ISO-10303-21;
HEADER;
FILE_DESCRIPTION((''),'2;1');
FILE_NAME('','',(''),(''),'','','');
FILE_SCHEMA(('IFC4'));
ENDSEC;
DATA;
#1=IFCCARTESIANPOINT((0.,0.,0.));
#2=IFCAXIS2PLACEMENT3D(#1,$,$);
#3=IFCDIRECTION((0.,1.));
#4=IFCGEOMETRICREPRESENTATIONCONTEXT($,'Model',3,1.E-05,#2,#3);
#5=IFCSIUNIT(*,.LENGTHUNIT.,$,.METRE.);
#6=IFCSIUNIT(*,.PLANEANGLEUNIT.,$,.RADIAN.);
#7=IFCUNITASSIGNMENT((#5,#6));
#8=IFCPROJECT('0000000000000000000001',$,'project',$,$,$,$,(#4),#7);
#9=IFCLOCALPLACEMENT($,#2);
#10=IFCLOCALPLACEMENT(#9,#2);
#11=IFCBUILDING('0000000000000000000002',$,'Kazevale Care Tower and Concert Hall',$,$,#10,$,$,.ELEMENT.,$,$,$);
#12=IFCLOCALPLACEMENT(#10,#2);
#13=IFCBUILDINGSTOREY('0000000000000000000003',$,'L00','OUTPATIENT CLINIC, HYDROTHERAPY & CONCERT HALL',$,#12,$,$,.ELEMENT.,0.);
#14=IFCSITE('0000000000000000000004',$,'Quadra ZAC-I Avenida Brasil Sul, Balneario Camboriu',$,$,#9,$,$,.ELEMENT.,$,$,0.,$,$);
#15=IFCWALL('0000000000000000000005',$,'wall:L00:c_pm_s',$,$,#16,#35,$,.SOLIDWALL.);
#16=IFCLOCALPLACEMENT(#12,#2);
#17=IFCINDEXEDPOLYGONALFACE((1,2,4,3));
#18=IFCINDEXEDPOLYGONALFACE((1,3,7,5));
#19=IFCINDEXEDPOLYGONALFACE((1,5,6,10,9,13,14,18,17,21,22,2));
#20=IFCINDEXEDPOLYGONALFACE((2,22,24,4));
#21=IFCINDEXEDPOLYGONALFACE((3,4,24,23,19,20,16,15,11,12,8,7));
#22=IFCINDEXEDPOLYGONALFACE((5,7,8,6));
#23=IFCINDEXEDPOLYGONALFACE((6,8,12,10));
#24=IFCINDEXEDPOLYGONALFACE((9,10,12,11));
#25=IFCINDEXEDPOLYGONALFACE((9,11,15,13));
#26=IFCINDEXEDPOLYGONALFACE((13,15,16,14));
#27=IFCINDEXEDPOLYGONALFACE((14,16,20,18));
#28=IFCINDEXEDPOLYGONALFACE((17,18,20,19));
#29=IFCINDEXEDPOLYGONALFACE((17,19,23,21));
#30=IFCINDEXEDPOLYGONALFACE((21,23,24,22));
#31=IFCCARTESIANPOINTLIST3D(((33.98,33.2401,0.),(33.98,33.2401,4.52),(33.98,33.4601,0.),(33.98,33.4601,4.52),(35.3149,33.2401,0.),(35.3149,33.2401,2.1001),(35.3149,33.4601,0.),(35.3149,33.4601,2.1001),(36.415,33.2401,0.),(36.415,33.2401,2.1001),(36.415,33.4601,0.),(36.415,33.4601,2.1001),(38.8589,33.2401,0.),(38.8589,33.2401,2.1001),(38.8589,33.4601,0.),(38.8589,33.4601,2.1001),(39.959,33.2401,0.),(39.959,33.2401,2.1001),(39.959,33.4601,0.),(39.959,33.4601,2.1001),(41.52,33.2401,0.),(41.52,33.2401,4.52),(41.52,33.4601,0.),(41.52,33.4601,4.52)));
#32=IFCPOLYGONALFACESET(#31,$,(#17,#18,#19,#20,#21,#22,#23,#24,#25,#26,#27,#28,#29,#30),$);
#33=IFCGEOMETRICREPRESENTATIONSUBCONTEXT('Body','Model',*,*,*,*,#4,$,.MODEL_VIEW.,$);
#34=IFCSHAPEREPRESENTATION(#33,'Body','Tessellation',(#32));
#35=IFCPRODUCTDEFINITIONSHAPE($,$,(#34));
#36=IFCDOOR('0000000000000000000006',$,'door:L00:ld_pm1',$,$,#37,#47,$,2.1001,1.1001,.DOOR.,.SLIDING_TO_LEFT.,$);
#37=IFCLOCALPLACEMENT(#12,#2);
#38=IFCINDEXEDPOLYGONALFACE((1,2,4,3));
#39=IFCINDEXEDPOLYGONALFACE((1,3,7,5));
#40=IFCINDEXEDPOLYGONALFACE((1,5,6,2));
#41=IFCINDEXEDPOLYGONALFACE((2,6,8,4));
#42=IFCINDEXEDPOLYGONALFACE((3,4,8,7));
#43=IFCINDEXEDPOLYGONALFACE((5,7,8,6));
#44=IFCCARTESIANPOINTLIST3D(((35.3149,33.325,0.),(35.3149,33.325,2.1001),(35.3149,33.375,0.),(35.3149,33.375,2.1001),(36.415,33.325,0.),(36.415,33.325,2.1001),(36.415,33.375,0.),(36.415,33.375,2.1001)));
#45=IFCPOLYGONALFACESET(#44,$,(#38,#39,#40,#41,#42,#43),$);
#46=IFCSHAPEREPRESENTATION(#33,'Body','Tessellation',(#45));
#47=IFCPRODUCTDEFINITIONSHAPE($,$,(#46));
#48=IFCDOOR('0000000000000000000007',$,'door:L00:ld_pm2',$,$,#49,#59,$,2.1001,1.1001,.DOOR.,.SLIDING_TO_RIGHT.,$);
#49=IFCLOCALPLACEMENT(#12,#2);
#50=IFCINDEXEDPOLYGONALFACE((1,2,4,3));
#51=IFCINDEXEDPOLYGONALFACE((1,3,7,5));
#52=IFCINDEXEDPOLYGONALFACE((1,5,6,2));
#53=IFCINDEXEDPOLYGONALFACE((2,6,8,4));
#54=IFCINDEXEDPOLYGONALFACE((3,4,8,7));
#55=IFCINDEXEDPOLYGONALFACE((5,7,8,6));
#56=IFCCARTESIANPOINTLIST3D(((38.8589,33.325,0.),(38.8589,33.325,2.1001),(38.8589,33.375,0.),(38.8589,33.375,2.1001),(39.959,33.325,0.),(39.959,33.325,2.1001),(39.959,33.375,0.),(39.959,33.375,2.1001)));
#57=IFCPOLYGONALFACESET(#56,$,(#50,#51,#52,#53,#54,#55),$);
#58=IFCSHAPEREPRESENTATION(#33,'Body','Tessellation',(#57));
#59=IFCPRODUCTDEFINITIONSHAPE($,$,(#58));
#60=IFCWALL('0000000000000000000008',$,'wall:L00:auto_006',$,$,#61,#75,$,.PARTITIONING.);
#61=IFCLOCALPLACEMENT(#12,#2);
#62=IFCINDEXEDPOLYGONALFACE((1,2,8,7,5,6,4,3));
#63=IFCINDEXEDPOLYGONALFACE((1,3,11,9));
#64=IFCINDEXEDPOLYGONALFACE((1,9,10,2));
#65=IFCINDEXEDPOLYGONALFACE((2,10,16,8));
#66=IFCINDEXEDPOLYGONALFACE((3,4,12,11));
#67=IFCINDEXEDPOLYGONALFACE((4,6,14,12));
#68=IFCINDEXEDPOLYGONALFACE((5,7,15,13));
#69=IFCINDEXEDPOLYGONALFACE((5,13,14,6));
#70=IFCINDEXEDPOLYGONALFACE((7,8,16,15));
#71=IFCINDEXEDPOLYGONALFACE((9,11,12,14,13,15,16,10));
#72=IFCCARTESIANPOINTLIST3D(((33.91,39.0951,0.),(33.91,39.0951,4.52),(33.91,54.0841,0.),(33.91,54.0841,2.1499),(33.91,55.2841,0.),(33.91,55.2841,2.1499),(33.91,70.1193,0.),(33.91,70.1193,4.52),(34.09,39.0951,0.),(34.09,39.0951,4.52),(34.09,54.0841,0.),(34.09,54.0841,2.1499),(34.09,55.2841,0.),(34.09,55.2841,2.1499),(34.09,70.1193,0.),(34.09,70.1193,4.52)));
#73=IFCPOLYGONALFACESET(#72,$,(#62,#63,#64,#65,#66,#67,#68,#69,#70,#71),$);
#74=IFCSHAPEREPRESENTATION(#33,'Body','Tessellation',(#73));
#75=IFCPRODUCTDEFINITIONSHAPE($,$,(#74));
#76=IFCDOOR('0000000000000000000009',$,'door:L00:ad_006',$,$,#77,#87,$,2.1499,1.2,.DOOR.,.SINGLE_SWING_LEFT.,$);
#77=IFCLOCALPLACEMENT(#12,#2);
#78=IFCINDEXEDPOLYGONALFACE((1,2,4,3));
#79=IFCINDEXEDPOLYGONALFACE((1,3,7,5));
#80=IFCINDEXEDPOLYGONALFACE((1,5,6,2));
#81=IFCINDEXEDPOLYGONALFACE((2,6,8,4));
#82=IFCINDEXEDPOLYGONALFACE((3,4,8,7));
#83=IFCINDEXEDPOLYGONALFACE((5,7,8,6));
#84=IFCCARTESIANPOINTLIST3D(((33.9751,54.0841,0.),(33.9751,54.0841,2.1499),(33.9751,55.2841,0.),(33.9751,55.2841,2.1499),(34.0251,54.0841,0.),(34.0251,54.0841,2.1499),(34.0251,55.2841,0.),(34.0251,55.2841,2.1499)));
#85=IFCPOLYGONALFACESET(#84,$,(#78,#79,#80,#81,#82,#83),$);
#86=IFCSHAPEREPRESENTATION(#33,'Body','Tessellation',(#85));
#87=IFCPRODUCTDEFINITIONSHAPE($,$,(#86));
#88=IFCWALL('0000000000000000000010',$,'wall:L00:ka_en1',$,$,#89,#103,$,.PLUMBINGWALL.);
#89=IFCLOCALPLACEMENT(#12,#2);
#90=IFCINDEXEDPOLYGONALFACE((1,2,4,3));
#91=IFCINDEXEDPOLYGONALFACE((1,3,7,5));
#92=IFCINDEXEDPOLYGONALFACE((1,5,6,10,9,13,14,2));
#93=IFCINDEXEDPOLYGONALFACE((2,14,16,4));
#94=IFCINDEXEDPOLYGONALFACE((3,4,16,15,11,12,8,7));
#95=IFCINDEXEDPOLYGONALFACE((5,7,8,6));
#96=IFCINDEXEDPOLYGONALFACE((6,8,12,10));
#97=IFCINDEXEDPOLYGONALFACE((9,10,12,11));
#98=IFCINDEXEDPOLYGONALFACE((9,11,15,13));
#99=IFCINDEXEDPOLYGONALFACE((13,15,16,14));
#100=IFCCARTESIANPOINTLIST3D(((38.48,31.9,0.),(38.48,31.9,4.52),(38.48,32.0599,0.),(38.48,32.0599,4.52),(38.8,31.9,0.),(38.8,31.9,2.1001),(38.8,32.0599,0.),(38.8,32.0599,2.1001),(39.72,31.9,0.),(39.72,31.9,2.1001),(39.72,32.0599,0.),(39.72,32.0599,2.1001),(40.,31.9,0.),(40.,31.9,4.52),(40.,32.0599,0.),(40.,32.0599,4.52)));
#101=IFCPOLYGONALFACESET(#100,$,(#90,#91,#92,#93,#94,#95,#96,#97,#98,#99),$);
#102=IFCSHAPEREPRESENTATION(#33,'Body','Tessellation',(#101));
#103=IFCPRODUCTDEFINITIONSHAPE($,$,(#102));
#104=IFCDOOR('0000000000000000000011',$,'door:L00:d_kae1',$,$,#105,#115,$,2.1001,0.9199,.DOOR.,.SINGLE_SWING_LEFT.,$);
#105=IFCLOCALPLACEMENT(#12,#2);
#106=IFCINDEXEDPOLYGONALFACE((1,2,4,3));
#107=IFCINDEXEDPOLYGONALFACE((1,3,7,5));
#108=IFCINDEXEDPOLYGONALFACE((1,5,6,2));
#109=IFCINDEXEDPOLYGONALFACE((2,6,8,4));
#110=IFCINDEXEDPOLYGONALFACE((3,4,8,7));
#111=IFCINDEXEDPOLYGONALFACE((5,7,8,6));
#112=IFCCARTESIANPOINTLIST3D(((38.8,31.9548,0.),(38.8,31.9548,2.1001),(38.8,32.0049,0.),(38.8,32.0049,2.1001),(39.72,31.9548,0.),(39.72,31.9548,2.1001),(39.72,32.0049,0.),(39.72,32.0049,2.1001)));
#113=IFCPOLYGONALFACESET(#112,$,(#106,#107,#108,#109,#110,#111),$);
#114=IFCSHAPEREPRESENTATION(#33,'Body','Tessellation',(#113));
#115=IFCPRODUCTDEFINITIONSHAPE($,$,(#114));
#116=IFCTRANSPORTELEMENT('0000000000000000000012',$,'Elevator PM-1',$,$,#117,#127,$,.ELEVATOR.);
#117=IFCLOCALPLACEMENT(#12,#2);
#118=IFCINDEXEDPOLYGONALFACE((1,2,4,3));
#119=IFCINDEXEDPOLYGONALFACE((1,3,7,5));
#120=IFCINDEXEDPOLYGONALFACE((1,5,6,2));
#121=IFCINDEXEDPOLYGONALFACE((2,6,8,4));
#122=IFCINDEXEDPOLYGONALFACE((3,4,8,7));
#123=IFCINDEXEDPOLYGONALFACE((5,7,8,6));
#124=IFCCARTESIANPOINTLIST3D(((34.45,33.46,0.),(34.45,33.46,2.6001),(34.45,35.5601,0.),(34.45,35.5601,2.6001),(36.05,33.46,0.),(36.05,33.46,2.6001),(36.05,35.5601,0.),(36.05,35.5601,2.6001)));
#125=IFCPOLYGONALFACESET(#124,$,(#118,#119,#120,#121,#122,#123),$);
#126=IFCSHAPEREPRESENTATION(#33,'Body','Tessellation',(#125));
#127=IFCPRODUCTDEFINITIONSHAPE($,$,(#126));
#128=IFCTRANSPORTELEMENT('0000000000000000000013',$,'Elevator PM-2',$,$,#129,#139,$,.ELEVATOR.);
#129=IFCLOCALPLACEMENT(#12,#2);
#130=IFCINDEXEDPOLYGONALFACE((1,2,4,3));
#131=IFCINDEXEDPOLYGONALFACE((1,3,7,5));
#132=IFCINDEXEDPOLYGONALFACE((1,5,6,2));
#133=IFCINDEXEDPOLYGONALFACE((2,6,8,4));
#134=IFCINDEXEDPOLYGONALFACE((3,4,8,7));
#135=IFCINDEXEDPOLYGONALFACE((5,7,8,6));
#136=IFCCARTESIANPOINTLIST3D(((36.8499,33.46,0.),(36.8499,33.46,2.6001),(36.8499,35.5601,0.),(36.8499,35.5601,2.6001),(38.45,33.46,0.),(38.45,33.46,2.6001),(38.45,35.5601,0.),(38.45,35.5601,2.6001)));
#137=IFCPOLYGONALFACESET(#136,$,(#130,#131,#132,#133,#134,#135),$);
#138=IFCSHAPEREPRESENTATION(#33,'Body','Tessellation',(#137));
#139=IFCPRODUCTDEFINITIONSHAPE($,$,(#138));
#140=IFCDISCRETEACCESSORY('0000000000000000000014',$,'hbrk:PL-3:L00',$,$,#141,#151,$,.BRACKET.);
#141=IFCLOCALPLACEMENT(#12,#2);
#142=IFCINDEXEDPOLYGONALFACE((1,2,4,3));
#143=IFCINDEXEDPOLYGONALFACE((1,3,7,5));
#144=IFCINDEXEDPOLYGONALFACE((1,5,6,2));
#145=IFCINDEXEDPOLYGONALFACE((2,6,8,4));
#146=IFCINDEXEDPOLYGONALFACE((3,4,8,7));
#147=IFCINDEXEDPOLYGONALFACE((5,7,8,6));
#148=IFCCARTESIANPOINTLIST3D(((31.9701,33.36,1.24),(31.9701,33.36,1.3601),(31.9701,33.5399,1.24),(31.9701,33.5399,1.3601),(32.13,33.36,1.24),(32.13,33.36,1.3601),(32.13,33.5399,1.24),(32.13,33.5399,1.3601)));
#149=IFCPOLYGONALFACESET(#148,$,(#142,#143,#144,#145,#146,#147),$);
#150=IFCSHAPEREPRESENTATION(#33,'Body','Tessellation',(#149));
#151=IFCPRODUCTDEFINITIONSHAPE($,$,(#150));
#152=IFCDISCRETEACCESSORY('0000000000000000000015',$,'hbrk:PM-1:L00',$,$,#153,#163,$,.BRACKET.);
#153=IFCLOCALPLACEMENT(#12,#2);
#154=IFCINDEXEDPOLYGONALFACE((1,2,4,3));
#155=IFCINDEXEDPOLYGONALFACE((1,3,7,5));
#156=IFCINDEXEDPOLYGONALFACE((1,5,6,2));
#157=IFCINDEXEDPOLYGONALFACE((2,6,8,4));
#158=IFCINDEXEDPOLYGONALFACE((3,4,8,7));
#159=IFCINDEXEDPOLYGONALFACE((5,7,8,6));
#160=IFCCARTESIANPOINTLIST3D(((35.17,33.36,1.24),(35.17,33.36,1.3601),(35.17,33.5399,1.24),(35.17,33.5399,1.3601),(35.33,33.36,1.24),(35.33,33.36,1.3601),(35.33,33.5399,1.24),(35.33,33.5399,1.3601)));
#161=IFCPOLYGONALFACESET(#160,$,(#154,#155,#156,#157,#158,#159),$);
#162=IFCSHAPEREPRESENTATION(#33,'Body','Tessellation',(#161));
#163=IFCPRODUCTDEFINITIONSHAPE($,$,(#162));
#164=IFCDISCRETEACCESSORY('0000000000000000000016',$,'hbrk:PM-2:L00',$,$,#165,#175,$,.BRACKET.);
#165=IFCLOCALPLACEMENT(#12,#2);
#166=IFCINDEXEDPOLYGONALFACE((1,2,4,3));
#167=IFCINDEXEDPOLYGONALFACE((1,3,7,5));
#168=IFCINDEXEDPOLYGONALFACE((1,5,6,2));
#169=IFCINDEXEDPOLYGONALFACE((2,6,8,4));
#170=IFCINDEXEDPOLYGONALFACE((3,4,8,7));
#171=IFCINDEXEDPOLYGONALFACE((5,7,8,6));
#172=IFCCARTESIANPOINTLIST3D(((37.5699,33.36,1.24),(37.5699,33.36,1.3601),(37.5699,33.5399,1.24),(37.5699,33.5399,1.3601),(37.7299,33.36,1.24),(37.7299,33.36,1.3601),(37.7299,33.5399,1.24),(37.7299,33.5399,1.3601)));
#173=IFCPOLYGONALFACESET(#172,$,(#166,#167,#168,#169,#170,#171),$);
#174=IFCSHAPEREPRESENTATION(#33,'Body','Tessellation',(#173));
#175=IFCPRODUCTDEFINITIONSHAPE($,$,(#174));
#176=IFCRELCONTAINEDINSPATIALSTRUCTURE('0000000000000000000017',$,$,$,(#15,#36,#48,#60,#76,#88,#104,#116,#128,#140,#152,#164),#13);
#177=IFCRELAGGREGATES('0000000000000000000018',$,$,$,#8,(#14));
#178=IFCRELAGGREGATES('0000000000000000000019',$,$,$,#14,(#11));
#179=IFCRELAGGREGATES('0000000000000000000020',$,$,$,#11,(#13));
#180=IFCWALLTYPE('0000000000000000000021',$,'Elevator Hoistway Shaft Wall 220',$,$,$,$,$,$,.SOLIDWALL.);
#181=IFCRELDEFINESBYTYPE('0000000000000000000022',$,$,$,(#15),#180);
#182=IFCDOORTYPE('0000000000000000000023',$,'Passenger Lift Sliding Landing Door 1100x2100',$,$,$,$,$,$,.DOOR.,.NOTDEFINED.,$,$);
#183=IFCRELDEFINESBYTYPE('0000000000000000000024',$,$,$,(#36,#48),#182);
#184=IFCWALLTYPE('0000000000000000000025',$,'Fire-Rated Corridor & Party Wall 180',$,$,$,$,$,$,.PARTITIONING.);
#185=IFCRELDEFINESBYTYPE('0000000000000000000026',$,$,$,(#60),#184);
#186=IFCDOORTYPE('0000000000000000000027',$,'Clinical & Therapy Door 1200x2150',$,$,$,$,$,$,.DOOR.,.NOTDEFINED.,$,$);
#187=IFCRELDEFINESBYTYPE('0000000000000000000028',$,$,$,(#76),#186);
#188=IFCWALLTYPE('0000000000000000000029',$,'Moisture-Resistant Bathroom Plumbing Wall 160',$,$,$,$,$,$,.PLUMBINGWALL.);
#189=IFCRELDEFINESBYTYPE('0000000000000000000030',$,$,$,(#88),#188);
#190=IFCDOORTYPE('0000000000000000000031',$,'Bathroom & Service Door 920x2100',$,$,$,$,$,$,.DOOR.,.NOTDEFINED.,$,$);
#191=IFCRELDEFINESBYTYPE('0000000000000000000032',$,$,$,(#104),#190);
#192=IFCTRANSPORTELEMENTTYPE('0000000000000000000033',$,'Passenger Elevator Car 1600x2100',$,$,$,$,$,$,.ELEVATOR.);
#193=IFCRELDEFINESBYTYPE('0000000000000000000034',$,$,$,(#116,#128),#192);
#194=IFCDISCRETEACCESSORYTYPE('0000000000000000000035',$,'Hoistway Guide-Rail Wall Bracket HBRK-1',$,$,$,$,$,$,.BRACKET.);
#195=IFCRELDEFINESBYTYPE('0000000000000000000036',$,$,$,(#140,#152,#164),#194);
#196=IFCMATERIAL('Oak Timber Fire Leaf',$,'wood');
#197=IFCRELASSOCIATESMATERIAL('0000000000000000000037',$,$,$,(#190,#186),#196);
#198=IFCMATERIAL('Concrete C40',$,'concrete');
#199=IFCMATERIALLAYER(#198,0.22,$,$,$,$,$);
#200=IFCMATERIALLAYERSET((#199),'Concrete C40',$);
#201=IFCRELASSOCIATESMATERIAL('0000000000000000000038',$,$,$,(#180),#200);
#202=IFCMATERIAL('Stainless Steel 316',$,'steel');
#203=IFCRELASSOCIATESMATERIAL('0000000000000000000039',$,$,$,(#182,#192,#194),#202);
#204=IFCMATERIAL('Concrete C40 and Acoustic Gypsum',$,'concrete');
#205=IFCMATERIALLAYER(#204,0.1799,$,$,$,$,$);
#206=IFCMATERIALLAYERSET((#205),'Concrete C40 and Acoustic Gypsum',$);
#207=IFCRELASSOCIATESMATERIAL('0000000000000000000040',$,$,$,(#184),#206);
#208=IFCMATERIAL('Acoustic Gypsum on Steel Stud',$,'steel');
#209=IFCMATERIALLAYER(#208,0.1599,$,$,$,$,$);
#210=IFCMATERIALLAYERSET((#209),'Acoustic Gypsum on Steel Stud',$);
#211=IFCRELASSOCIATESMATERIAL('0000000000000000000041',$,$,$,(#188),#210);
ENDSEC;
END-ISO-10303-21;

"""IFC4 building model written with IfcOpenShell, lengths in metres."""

from ifc_helpers import new_model, si_unit, direction, frame, frame_2d, origin, origin_2d, place, context, subcontext, project, spatial, rectangle, extrude, material, layer, layer_set, type_object, element, fill, save


model = new_model("IFC4")

# Units and contexts
model_context = context("Model", 3, precision=1e-05, world=origin(), true_north=direction((0.0, 1.0)))
body_context = subcontext(model_context, "Body", "Model", "MODEL_VIEW")
ifc_project = project(units=[si_unit("LENGTHUNIT", "METRE"), si_unit("PLANEANGLEUNIT", "RADIAN")], contexts=[model_context])

# Site, building, storey
site_placement = place(None, origin())
site = spatial("IfcSite", under=ifc_project, at=site_placement, Name="Quadra ZAC-I Avenida Brasil Sul, Balneario Camboriu", CompositionType="ELEMENT", RefElevation=0.0)
building_placement = place(site_placement, origin())
building = spatial("IfcBuilding", under=site, at=building_placement, Name="Kazevale Care Tower and Concert Hall", CompositionType="ELEMENT")
storey_placement = place(building_placement, origin())
storey = spatial("IfcBuildingStorey", under=building, at=storey_placement, Name="L00", Description="OUTPATIENT CLINIC, HYDROTHERAPY & CONCERT HALL", CompositionType="ELEMENT", Elevation=0.0)

# Shared definitions
ifc_material_1 = material(Name="Acoustic Gypsum on Steel Stud", Category="steel")
ifc_material_2 = material(Name="Oak Timber Fire Leaf", Category="wood")
door_type_1 = type_object("IfcDoorType", Name="Bathroom & Service Door 920x2100", OperationType="NOTDEFINED", PredefinedType="DOOR", material=ifc_material_2)

# Shared definitions
ifc_material_3 = material(Name="Concrete C40", Category="concrete")
ifc_layer_1 = layer(ifc_material_3, 0.22)
ifc_layer_set_1 = layer_set([ifc_layer_1], Name="Concrete C40")
wall_type_1 = type_object("IfcWallType", Name="Elevator Hoistway Shaft Wall 220", PredefinedType="SOLIDWALL", material=ifc_layer_set_1)

# Wall, openings, doors
wall_1_placement = place(storey_placement, frame((33.98, 33.3501, 0.0), z_axis=(0.0, 0.0, 1.0), x_axis=(1.0, 0.0, 0.0)))
wall_1 = element("IfcWall", 1, at=wall_1_placement, inside=storey, type_object=wall_type_1, Name="wall:L00:c_pm_s", PredefinedType="SOLIDWALL", context=body_context, shape_type="SweptSolid", body=[
    extrude(rectangle(XDim=7.54, YDim=0.22, at=frame_2d((3.77, 0.0))), origin(), (0.0, 0.0, 1.0), 4.52),
])
opening_1_placement = place(wall_1_placement, frame((1.335, 0.0, 0.0)))
opening_1 = element("IfcOpeningElement", 2, at=opening_1_placement, cuts=wall_1, PredefinedType="OPENING", context=body_context, shape_type="SweptSolid", body=[
    extrude(rectangle(XDim=1.1001, YDim=2.1001, at=frame_2d((0.55, 1.05))), frame((0.0, 0.1199, 0.0), z_axis=(0.0, -1.0, 0.0), x_axis=(1.0, 0.0, 0.0)), (0.0, 0.0, 1.0), 0.24),
])
opening_2_placement = place(wall_1_placement, frame((4.8789, 0.0, 0.0)))
opening_2 = element("IfcOpeningElement", 3, at=opening_2_placement, cuts=wall_1, PredefinedType="OPENING", context=body_context, shape_type="SweptSolid", body=[
    extrude(rectangle(XDim=1.1001, YDim=2.1001, at=frame_2d((0.55, 1.05))), frame((0.0, 0.1199, 0.0), z_axis=(0.0, -1.0, 0.0), x_axis=(1.0, 0.0, 0.0)), (0.0, 0.0, 1.0), 0.24),
])
ifc_material_4 = material(Name="Stainless Steel 316", Category="steel")
door_type_2 = type_object("IfcDoorType", Name="Passenger Lift Sliding Landing Door 1100x2100", OperationType="NOTDEFINED", PredefinedType="DOOR", material=ifc_material_4)
door_1_placement = place(opening_1_placement, origin())
door_1 = element("IfcDoor", 4, at=door_1_placement, inside=storey, type_object=door_type_2, Name="door:L00:ld_pm1", OperationType="SLIDING_TO_LEFT", OverallHeight=2.1001, OverallWidth=1.1001, PredefinedType="DOOR", context=body_context, shape_type="SweptSolid", body=[
    extrude(rectangle(XDim=1.1001, YDim=2.1001, at=frame_2d((0.55, 1.05))), frame((0.0, 0.0249, 0.0), z_axis=(0.0, -1.0, 0.0), x_axis=(1.0, 0.0, 0.0)), (0.0, 0.0, 1.0), 0.05),
])
fill(opening_1, door_1)
door_2_placement = place(opening_2_placement, origin())
door_2 = element("IfcDoor", 5, at=door_2_placement, inside=storey, type_object=door_type_2, Name="door:L00:ld_pm2", OperationType="SLIDING_TO_RIGHT", OverallHeight=2.1001, OverallWidth=1.1001, PredefinedType="DOOR", context=body_context, shape_type="SweptSolid", body=[
    extrude(rectangle(XDim=1.1001, YDim=2.1001, at=frame_2d((0.55, 1.05))), frame((0.0, 0.0249, 0.0), z_axis=(0.0, -1.0, 0.0), x_axis=(1.0, 0.0, 0.0)), (0.0, 0.0, 1.0), 0.05),
])
fill(opening_2, door_2)

# Walls, openings, doors
ifc_material_5 = material(Name="Concrete C40 and Acoustic Gypsum", Category="concrete")
ifc_layer_2 = layer(ifc_material_5, 0.1799)
ifc_layer_set_2 = layer_set([ifc_layer_2], Name="Concrete C40 and Acoustic Gypsum")
wall_type_2 = type_object("IfcWallType", Name="Fire-Rated Corridor & Party Wall 180", PredefinedType="PARTITIONING", material=ifc_layer_set_2)
wall_2_placement = place(storey_placement, frame((34.0, 39.095, 0.0), z_axis=(0.0, 0.0, 1.0), x_axis=(0.0, 1.0, 0.0)))
wall_2 = element("IfcWall", 6, at=wall_2_placement, inside=storey, type_object=wall_type_2, Name="wall:L00:auto_006", PredefinedType="PARTITIONING", context=body_context, shape_type="SweptSolid", body=[
    extrude(rectangle(XDim=31.0242, YDim=0.1799, at=frame_2d((15.5122, 0.0))), origin(), (0.0, 0.0, 1.0), 4.52),
])
opening_3_placement = place(wall_2_placement, frame((14.989, 0.0, 0.0)))
opening_3 = element("IfcOpeningElement", 7, at=opening_3_placement, cuts=wall_2, PredefinedType="OPENING", context=body_context, shape_type="SweptSolid", body=[
    extrude(rectangle(XDim=1.2, YDim=2.1499, at=frame_2d((0.6001, 1.075))), frame((0.0, 0.0999, 0.0), z_axis=(0.0, -1.0, 0.0), x_axis=(1.0, 0.0, 0.0)), (0.0, 0.0, 1.0), 0.2),
])
door_type_3 = type_object("IfcDoorType", Name="Clinical & Therapy Door 1200x2150", OperationType="NOTDEFINED", PredefinedType="DOOR", material=ifc_material_2)
door_3_placement = place(opening_3_placement, origin())
door_3 = element("IfcDoor", 8, at=door_3_placement, inside=storey, type_object=door_type_3, Name="door:L00:ad_006", OperationType="SINGLE_SWING_LEFT", OverallHeight=2.1499, OverallWidth=1.2, PredefinedType="DOOR", context=body_context, shape_type="SweptSolid", body=[
    extrude(rectangle(XDim=1.2, YDim=2.1499, at=frame_2d((0.6001, 1.075))), frame((0.0, 0.0249, 0.0), z_axis=(0.0, -1.0, 0.0), x_axis=(1.0, 0.0, 0.0)), (0.0, 0.0, 1.0), 0.05),
])
fill(opening_3, door_3)
ifc_layer_3 = layer(ifc_material_1, 0.1599)
ifc_layer_set_3 = layer_set([ifc_layer_3], Name="Acoustic Gypsum on Steel Stud")
wall_type_3 = type_object("IfcWallType", Name="Moisture-Resistant Bathroom Plumbing Wall 160", PredefinedType="PLUMBINGWALL", material=ifc_layer_set_3)
wall_3_placement = place(storey_placement, frame((38.48, 31.98, 0.0), z_axis=(0.0, 0.0, 1.0), x_axis=(1.0, 0.0, 0.0)))
wall_3 = element("IfcWall", 9, at=wall_3_placement, inside=storey, type_object=wall_type_3, Name="wall:L00:ka_en1", PredefinedType="PLUMBINGWALL", context=body_context, shape_type="SweptSolid", body=[
    extrude(rectangle(XDim=1.52, YDim=0.1599, at=frame_2d((0.76, 0.0))), origin(), (0.0, 0.0, 1.0), 4.52),
])
opening_4_placement = place(wall_3_placement, frame((0.3201, 0.0, 0.0)))
opening_4 = element("IfcOpeningElement", 10, at=opening_4_placement, cuts=wall_3, PredefinedType="OPENING", context=body_context, shape_type="SweptSolid", body=[
    extrude(rectangle(XDim=0.9199, YDim=2.1001, at=frame_2d((0.46, 1.05))), frame((0.0, 0.0898, 0.0), z_axis=(0.0, -1.0, 0.0), x_axis=(1.0, 0.0, 0.0)), (0.0, 0.0, 1.0), 0.1799),
])
door_4_placement = place(opening_4_placement, origin())
door_4 = element("IfcDoor", 11, at=door_4_placement, inside=storey, type_object=door_type_1, Name="door:L00:d_kae1", OperationType="SINGLE_SWING_LEFT", OverallHeight=2.1001, OverallWidth=0.9199, PredefinedType="DOOR", context=body_context, shape_type="SweptSolid", body=[
    extrude(rectangle(XDim=0.9199, YDim=2.1001, at=frame_2d((0.46, 1.05))), frame((0.0, 0.0249, 0.0), z_axis=(0.0, -1.0, 0.0), x_axis=(1.0, 0.0, 0.0)), (0.0, 0.0, 1.0), 0.05),
])
fill(opening_4, door_4)

# Transport elements
transport_element_type = type_object("IfcTransportElementType", Name="Passenger Elevator Car 1600x2100", PredefinedType="ELEVATOR", material=ifc_material_4)
for number, where, z_axis, x_axis, name in (
    (12, (35.25, 34.51, 0.0), (0.0, 0.0, 1.0), (1.0, 0.0, 0.0), "Elevator PM-1"),
    (13, (37.6499, 34.51, 0.0), (0.0, 0.0, 1.0), (1.0, 0.0, 0.0), "Elevator PM-2"),
):
    element("IfcTransportElement", number, at=place(storey_placement, frame(where, z_axis=z_axis, x_axis=x_axis)), inside=storey, type_object=transport_element_type, Name=name, PredefinedType="ELEVATOR", context=body_context, shape_type="SweptSolid", body=[
        extrude(rectangle(XDim=1.6001, YDim=2.1001, at=origin_2d()), origin(), (0.0, 0.0, 1.0), 2.6001),
    ])

# Discrete accessories
discrete_accessory_type = type_object("IfcDiscreteAccessoryType", Name="Hoistway Guide-Rail Wall Bracket HBRK-1", PredefinedType="BRACKET", material=ifc_material_4)
for number, where, z_axis, x_axis, name in (
    (14, (32.05, 33.45, 1.24), (0.0, 0.0, 1.0), (1.0, 0.0, 0.0), "hbrk:PL-3:L00"),
    (15, (35.25, 33.45, 1.24), (0.0, 0.0, 1.0), (1.0, 0.0, 0.0), "hbrk:PM-1:L00"),
    (16, (37.6499, 33.45, 1.24), (0.0, 0.0, 1.0), (1.0, 0.0, 0.0), "hbrk:PM-2:L00"),
):
    element("IfcDiscreteAccessory", number, at=place(storey_placement, frame(where, z_axis=z_axis, x_axis=x_axis)), inside=storey, type_object=discrete_accessory_type, Name=name, PredefinedType="BRACKET", context=body_context, shape_type="SweptSolid", body=[
        extrude(rectangle(XDim=0.1599, YDim=0.1799, at=origin_2d()), origin(), (0.0, 0.0, 1.0), 0.1201),
    ])

save(model, "model.ifc")
